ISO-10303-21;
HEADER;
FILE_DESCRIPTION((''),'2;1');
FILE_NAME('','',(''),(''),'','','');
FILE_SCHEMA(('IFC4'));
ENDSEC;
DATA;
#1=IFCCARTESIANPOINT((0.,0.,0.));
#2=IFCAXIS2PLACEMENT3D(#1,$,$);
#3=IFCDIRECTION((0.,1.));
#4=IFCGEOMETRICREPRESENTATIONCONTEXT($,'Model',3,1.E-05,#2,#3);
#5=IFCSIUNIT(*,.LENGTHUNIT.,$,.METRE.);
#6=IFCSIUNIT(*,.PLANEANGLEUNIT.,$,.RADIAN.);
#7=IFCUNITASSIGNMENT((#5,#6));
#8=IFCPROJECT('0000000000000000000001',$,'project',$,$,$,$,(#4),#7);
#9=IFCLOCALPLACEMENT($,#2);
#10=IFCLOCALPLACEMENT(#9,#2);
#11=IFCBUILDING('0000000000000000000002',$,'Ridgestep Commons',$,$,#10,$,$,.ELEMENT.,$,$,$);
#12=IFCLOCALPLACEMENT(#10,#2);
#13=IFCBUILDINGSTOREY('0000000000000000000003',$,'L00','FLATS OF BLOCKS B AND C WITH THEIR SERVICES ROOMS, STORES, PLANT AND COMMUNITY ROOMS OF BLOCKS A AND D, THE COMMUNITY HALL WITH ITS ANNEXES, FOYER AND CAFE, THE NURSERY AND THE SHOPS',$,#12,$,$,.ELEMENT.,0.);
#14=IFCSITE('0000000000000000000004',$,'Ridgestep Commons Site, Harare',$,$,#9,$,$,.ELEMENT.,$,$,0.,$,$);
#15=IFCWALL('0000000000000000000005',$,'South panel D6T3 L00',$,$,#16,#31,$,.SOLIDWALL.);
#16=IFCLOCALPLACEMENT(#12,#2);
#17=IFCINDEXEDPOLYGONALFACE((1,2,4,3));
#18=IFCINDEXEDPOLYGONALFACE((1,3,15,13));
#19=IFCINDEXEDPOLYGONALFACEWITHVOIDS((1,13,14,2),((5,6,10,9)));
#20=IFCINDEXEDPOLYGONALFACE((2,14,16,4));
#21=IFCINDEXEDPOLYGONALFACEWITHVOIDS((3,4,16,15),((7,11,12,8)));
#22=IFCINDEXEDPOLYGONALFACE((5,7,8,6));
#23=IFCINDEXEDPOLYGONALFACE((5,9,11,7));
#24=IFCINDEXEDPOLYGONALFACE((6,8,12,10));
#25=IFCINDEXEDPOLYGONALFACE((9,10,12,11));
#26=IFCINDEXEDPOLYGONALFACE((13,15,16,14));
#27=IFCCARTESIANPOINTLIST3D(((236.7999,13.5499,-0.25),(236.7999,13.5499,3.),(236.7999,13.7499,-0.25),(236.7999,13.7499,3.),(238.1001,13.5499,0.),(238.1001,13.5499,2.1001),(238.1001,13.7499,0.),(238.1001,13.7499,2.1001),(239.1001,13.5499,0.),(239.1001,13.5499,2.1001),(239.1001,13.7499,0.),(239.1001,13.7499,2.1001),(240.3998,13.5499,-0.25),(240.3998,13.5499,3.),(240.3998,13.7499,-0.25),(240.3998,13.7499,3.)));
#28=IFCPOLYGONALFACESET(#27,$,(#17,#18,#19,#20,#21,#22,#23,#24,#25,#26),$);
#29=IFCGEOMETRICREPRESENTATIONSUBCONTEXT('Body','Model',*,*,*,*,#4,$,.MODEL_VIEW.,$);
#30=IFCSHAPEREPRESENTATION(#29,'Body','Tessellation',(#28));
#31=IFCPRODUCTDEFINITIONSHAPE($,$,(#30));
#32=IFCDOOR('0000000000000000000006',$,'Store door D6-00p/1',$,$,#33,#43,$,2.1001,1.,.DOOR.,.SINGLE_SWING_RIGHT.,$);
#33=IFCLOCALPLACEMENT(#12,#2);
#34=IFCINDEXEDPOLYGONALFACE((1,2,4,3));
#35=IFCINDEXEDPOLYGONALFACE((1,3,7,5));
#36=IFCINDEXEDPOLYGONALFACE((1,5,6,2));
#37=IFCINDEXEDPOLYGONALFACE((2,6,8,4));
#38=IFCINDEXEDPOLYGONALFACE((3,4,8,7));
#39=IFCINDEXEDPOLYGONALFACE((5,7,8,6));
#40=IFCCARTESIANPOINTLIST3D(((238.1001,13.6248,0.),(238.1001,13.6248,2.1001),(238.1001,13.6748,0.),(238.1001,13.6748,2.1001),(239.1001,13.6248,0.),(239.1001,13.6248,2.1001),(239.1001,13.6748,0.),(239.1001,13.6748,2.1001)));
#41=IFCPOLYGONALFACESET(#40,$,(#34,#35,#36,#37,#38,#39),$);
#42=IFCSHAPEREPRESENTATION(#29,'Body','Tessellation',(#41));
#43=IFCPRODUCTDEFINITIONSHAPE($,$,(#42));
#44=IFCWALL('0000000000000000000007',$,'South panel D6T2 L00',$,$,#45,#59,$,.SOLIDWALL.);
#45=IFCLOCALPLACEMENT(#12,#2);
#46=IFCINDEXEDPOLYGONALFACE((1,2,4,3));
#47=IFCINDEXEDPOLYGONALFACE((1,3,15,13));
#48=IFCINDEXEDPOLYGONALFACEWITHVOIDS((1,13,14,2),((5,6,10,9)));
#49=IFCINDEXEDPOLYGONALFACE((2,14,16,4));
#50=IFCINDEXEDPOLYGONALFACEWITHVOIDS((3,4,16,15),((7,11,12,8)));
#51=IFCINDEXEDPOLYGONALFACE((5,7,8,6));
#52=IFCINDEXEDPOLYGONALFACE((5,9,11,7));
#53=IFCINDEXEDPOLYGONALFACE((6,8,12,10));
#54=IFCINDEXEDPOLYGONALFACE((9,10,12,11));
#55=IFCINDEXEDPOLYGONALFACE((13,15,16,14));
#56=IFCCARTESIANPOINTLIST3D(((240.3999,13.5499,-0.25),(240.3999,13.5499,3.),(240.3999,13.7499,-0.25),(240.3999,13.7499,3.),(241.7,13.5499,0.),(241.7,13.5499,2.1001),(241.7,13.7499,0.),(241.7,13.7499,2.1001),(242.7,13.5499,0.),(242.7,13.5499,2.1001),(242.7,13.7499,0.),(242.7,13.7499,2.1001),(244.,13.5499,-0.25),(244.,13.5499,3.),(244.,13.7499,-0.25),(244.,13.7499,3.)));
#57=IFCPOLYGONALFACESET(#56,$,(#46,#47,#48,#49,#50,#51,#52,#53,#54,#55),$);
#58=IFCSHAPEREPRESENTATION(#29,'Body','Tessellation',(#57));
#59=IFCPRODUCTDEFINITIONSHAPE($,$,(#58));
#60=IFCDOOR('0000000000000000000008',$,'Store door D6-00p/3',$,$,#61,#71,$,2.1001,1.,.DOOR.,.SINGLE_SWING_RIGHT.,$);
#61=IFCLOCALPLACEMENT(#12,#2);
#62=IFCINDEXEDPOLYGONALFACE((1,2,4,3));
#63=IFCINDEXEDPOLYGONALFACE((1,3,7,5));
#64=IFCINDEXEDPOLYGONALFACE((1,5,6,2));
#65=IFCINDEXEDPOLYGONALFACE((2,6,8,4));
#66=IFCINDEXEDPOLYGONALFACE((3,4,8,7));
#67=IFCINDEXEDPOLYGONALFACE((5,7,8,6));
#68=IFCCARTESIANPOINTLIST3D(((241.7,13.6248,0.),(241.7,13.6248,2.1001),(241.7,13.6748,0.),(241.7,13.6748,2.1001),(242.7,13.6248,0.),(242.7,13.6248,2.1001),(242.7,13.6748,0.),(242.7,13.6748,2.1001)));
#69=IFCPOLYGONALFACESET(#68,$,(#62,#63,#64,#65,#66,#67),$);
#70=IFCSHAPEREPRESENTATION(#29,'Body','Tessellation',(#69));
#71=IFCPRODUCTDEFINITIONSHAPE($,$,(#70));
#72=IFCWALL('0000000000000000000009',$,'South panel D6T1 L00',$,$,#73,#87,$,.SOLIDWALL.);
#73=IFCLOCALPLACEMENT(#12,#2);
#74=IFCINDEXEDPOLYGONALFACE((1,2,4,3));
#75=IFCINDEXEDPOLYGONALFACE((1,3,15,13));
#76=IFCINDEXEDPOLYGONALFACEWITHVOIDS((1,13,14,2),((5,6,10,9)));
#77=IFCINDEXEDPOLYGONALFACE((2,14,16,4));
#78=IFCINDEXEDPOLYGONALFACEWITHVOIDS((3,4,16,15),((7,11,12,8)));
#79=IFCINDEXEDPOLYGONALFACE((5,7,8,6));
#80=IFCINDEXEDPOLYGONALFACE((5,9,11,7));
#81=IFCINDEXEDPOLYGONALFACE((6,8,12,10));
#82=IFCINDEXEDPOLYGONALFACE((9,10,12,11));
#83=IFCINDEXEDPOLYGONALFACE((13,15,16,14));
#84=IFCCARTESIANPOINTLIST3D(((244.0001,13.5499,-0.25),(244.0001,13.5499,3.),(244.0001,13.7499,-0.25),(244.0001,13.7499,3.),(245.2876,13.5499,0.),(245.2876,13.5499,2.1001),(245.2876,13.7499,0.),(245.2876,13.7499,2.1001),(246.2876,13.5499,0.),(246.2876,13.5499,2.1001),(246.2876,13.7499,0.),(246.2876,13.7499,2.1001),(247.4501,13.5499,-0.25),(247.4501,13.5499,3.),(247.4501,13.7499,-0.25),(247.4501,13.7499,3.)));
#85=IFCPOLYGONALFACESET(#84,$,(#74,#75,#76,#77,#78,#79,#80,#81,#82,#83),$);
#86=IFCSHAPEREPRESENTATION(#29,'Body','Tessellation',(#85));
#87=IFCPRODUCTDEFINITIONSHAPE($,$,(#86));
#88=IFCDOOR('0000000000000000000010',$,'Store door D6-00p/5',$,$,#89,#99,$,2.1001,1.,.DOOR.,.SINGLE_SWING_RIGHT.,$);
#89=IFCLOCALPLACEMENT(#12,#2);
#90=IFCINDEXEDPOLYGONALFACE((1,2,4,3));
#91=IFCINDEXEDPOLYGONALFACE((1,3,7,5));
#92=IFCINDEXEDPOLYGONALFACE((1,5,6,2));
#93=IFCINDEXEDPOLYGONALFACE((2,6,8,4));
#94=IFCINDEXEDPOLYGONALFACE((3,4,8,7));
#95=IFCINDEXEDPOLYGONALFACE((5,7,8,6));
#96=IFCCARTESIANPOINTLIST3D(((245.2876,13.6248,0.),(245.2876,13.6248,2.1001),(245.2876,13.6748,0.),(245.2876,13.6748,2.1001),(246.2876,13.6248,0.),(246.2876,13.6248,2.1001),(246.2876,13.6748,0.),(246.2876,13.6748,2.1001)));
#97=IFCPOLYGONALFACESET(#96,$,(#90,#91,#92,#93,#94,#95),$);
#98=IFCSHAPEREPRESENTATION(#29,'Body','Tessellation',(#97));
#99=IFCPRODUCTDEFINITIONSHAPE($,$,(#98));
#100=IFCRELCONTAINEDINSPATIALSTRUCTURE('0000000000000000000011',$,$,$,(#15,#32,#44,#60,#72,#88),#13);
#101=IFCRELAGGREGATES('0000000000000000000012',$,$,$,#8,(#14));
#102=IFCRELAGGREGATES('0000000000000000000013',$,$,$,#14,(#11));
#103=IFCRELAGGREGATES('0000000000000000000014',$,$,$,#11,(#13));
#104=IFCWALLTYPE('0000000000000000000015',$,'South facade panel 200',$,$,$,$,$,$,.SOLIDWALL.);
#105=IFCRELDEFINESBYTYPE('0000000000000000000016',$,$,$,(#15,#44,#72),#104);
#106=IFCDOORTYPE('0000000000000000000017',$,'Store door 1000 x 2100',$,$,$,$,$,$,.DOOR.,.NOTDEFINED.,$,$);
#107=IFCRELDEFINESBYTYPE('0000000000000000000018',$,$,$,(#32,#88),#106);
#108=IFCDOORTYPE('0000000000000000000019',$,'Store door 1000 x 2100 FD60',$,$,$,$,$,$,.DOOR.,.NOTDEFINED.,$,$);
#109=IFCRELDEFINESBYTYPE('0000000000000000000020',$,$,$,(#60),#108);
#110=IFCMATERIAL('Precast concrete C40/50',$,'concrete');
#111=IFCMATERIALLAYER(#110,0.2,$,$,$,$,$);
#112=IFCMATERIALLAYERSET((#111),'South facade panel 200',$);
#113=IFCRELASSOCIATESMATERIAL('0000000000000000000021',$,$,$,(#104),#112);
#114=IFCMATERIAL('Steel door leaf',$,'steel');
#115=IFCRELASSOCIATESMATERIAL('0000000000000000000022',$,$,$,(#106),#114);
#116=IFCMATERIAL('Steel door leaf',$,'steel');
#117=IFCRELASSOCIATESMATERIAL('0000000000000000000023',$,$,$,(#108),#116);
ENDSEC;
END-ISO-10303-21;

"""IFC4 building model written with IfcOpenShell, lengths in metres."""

from ifc_helpers import new_model, si_unit, direction, frame, frame_2d, origin, place, context, subcontext, project, spatial, rectangle, extrude, material, layer, layer_set, type_object, element, fill, save


model = new_model("IFC4")

# Units and contexts
model_context = context("Model", 3, precision=1e-05, world=origin(), true_north=direction((0.0, 1.0)))
body_context = subcontext(model_context, "Body", "Model", "MODEL_VIEW")
ifc_project = project(units=[si_unit("LENGTHUNIT", "METRE"), si_unit("PLANEANGLEUNIT", "RADIAN")], contexts=[model_context])

# Site, building, storey
site_placement = place(None, origin())
site = spatial("IfcSite", under=ifc_project, at=site_placement, Name="Ridgestep Commons Site, Harare", CompositionType="ELEMENT", RefElevation=0.0)
building_placement = place(site_placement, origin())
building = spatial("IfcBuilding", under=site, at=building_placement, Name="Ridgestep Commons", CompositionType="ELEMENT")
storey_placement = place(building_placement, origin())
storey = spatial("IfcBuildingStorey", under=building, at=storey_placement, Name="L00", Description="FLATS OF BLOCKS B AND C WITH THEIR SERVICES ROOMS, STORES, PLANT AND COMMUNITY ROOMS OF BLOCKS A AND D, THE COMMUNITY HALL WITH ITS ANNEXES, FOYER AND CAFE, THE NURSERY AND THE SHOPS", CompositionType="ELEMENT", Elevation=0.0)

# Walls, openings, doors
ifc_material_1 = material(Name="Precast concrete C40/50", Category="concrete")
ifc_layer_1 = layer(ifc_material_1, 0.2)
ifc_layer_set_1 = layer_set([ifc_layer_1], Name="South facade panel 200")
wall_type_1 = type_object("IfcWallType", Name="South facade panel 200", PredefinedType="SOLIDWALL", material=ifc_layer_set_1)
wall_1_placement = place(storey_placement, frame((236.8, 13.6499, -0.25), z_axis=(0.0, 0.0, 1.0), x_axis=(1.0, 0.0, 0.0)))
wall_1 = element("IfcWall", 1, at=wall_1_placement, inside=storey, type_object=wall_type_1, Name="South panel D6T3 L00", PredefinedType="SOLIDWALL", context=body_context, shape_type="SweptSolid", body=[
    extrude(rectangle(XDim=3.5999, YDim=0.2, at=frame_2d((1.7998, 0.0))), origin(), (0.0, 0.0, 1.0), 3.25),
])
opening_1_placement = place(wall_1_placement, frame((1.3, 0.0, 0.25)))
opening_1 = element("IfcOpeningElement", 2, at=opening_1_placement, cuts=wall_1, PredefinedType="OPENING", context=body_context, shape_type="SweptSolid", body=[
    extrude(rectangle(XDim=1.0, YDim=2.1001, at=frame_2d((0.5, 1.05))), frame((0.0, 0.1099, 0.0), z_axis=(0.0, -1.0, 0.0), x_axis=(1.0, 0.0, 0.0)), (0.0, 0.0, 1.0), 0.22),
])
ifc_material_2 = material(Name="Steel door leaf", Category="steel")
door_type_1 = type_object("IfcDoorType", Name="Store door 1000 x 2100", OperationType="NOTDEFINED", PredefinedType="DOOR", material=ifc_material_2)
door_1_placement = place(opening_1_placement, origin())
door_1 = element("IfcDoor", 3, at=door_1_placement, inside=storey, type_object=door_type_1, Name="Store door D6-00p/1", OperationType="SINGLE_SWING_RIGHT", OverallHeight=2.1001, OverallWidth=1.0, PredefinedType="DOOR", context=body_context, shape_type="SweptSolid", body=[
    extrude(rectangle(XDim=1.0, YDim=2.1001, at=frame_2d((0.5, 1.05))), frame((0.0, 0.0249, 0.0), z_axis=(0.0, -1.0, 0.0), x_axis=(1.0, 0.0, 0.0)), (0.0, 0.0, 1.0), 0.05),
])
fill(opening_1, door_1)
wall_2_placement = place(storey_placement, frame((240.3999, 13.6499, -0.25), z_axis=(0.0, 0.0, 1.0), x_axis=(1.0, 0.0, 0.0)))
wall_2 = element("IfcWall", 4, at=wall_2_placement, inside=storey, type_object=wall_type_1, Name="South panel D6T2 L00", PredefinedType="SOLIDWALL", context=body_context, shape_type="SweptSolid", body=[
    extrude(rectangle(XDim=3.6001, YDim=0.2, at=frame_2d((1.8, 0.0))), origin(), (0.0, 0.0, 1.0), 3.25),
])
opening_2_placement = place(wall_2_placement, frame((1.3, 0.0, 0.25)))
opening_2 = element("IfcOpeningElement", 5, at=opening_2_placement, cuts=wall_2, PredefinedType="OPENING", context=body_context, shape_type="SweptSolid", body=[
    extrude(rectangle(XDim=1.0, YDim=2.1001, at=frame_2d((0.5, 1.05))), frame((0.0, 0.1099, 0.0), z_axis=(0.0, -1.0, 0.0), x_axis=(1.0, 0.0, 0.0)), (0.0, 0.0, 1.0), 0.22),
])
ifc_material_3 = material(Name="Steel door leaf", Category="steel")
door_type_2 = type_object("IfcDoorType", Name="Store door 1000 x 2100 FD60", OperationType="NOTDEFINED", PredefinedType="DOOR", material=ifc_material_3)
door_2_placement = place(opening_2_placement, origin())
door_2 = element("IfcDoor", 6, at=door_2_placement, inside=storey, type_object=door_type_2, Name="Store door D6-00p/3", OperationType="SINGLE_SWING_RIGHT", OverallHeight=2.1001, OverallWidth=1.0, PredefinedType="DOOR", context=body_context, shape_type="SweptSolid", body=[
    extrude(rectangle(XDim=1.0, YDim=2.1001, at=frame_2d((0.5, 1.05))), frame((0.0, 0.0249, 0.0), z_axis=(0.0, -1.0, 0.0), x_axis=(1.0, 0.0, 0.0)), (0.0, 0.0, 1.0), 0.05),
])
fill(opening_2, door_2)
wall_3_placement = place(storey_placement, frame((244.0, 13.6499, -0.25), z_axis=(0.0, 0.0, 1.0), x_axis=(1.0, 0.0, 0.0)))
wall_3 = element("IfcWall", 7, at=wall_3_placement, inside=storey, type_object=wall_type_1, Name="South panel D6T1 L00", PredefinedType="SOLIDWALL", context=body_context, shape_type="SweptSolid", body=[
    extrude(rectangle(XDim=3.45, YDim=0.2, at=frame_2d((1.7251, 0.0))), origin(), (0.0, 0.0, 1.0), 3.25),
])
opening_3_placement = place(wall_3_placement, frame((1.2876, 0.0, 0.25)))
opening_3 = element("IfcOpeningElement", 8, at=opening_3_placement, cuts=wall_3, PredefinedType="OPENING", context=body_context, shape_type="SweptSolid", body=[
    extrude(rectangle(XDim=1.0, YDim=2.1001, at=frame_2d((0.5, 1.05))), frame((0.0, 0.1099, 0.0), z_axis=(0.0, -1.0, 0.0), x_axis=(1.0, 0.0, 0.0)), (0.0, 0.0, 1.0), 0.22),
])
door_3_placement = place(opening_3_placement, origin())
door_3 = element("IfcDoor", 9, at=door_3_placement, inside=storey, type_object=door_type_1, Name="Store door D6-00p/5", OperationType="SINGLE_SWING_RIGHT", OverallHeight=2.1001, OverallWidth=1.0, PredefinedType="DOOR", context=body_context, shape_type="SweptSolid", body=[
    extrude(rectangle(XDim=1.0, YDim=2.1001, at=frame_2d((0.5, 1.05))), frame((0.0, 0.0249, 0.0), z_axis=(0.0, -1.0, 0.0), x_axis=(1.0, 0.0, 0.0)), (0.0, 0.0, 1.0), 0.05),
])
fill(opening_3, door_3)

save(model, "model.ifc")
